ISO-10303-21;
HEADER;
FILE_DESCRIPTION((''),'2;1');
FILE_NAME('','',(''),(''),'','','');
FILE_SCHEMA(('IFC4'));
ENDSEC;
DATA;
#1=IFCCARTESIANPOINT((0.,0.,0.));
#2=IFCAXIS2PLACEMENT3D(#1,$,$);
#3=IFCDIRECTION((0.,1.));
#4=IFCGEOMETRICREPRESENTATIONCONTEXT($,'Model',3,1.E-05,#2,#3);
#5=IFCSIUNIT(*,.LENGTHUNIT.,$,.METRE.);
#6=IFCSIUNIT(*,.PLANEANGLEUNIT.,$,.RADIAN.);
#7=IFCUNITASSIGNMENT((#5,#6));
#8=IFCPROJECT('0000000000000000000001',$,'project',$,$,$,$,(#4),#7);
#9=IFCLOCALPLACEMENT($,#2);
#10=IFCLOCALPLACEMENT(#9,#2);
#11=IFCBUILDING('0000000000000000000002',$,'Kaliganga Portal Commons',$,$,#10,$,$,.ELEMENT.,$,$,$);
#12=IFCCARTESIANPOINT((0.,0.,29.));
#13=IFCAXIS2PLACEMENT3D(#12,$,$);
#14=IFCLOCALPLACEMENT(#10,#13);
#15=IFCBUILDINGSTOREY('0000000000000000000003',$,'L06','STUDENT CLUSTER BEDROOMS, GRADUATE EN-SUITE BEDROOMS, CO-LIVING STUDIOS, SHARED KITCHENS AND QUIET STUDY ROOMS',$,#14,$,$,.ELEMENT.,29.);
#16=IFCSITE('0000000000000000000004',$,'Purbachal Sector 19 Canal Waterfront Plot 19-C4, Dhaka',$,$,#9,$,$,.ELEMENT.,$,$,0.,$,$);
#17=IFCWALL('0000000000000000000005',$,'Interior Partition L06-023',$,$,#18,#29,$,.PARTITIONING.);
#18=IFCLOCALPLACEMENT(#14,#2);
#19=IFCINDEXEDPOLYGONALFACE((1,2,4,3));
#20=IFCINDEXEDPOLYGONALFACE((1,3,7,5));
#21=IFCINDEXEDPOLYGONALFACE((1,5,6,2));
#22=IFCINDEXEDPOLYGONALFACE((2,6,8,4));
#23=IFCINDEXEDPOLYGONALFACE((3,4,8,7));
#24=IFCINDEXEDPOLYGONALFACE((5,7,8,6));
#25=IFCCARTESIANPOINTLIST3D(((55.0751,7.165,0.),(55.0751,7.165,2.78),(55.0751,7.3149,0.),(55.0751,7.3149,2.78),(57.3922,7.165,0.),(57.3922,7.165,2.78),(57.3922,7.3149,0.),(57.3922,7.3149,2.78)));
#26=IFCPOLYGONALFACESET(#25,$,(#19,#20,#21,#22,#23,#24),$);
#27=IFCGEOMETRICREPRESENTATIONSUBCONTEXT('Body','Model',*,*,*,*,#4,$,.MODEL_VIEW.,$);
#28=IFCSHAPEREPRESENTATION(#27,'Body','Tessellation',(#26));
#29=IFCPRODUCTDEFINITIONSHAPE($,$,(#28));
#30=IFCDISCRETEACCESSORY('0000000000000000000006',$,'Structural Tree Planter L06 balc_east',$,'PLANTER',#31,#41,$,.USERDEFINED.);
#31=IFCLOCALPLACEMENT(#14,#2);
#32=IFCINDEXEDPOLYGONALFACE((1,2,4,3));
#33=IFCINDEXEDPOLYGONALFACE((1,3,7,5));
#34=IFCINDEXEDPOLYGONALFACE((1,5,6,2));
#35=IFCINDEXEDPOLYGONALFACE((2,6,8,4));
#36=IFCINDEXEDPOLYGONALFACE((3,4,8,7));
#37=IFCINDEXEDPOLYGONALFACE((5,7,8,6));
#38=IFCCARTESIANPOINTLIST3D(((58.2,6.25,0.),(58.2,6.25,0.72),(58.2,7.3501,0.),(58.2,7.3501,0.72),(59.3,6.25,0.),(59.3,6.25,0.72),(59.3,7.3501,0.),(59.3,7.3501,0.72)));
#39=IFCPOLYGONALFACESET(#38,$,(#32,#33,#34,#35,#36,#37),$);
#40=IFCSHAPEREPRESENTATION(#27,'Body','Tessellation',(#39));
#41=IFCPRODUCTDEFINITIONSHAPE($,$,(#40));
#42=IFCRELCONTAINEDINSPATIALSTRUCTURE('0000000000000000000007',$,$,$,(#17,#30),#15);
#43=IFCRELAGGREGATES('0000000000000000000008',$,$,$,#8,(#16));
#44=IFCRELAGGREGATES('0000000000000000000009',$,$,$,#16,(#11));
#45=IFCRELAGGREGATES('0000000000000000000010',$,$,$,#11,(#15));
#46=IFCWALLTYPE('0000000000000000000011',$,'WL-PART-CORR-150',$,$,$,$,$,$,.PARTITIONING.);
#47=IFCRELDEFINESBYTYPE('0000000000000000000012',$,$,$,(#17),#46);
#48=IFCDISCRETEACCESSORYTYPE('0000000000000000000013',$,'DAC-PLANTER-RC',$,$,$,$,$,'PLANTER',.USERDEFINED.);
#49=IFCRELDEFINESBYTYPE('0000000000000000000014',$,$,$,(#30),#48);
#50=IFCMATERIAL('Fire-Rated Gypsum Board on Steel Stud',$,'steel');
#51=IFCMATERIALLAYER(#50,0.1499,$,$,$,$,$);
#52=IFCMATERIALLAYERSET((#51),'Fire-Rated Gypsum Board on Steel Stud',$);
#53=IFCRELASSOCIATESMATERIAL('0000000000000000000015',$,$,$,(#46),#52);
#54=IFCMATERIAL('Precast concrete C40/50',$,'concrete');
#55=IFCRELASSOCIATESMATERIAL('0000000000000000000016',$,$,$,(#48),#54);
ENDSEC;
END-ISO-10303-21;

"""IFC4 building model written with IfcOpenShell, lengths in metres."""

from ifc_helpers import new_model, si_unit, direction, frame, frame_2d, origin, origin_2d, place, context, subcontext, project, spatial, rectangle, extrude, source, transform, mapped, material, layer, layer_set, type_object, element, save


model = new_model("IFC4")

# Units and contexts
model_context = context("Model", 3, precision=1e-05, world=origin(), true_north=direction((0.0, 1.0)))
body_context = subcontext(model_context, "Body", "Model", "MODEL_VIEW")
ifc_project = project(units=[si_unit("LENGTHUNIT", "METRE"), si_unit("PLANEANGLEUNIT", "RADIAN")], contexts=[model_context])

# Site, building, storey
site_placement = place(None, origin())
site = spatial("IfcSite", under=ifc_project, at=site_placement, Name="Purbachal Sector 19 Canal Waterfront Plot 19-C4, Dhaka", CompositionType="ELEMENT", RefElevation=0.0)
building_placement = place(site_placement, origin())
building = spatial("IfcBuilding", under=site, at=building_placement, Name="Kaliganga Portal Commons", CompositionType="ELEMENT")
storey_placement = place(building_placement, frame((0.0, 0.0, 29.0)))
storey = spatial("IfcBuildingStorey", under=building, at=storey_placement, Name="L06", Description="STUDENT CLUSTER BEDROOMS, GRADUATE EN-SUITE BEDROOMS, CO-LIVING STUDIOS, SHARED KITCHENS AND QUIET STUDY ROOMS", CompositionType="ELEMENT", Elevation=29.0)

# Shared definitions
ifc_material_1 = material(Name="Fire-Rated Gypsum Board on Steel Stud", Category="steel")
ifc_layer_1 = layer(ifc_material_1, 0.1499)
ifc_layer_set_1 = layer_set([ifc_layer_1], Name="Fire-Rated Gypsum Board on Steel Stud")
wall_type_1 = type_object("IfcWallType", Name="WL-PART-CORR-150", PredefinedType="PARTITIONING", material=ifc_layer_set_1)

# Wall
wall_1_placement = place(storey_placement, frame((55.075, 7.24, 0.0), z_axis=(0.0, 0.0, 1.0), x_axis=(1.0, 0.0, 0.0)))
element("IfcWall", 1, at=wall_1_placement, inside=storey, type_object=wall_type_1, Name="Interior Partition L06-023", PredefinedType="PARTITIONING", context=body_context, shape_type="SweptSolid", body=[
    extrude(rectangle(XDim=2.3171, YDim=0.1499, at=frame_2d((1.1587, 0.0))), origin(), (0.0, 0.0, 1.0), 2.78),
])

# Discrete accessory
ifc_material_2 = material(Name="Precast concrete C40/50", Category="concrete")
discrete_accessory_type = type_object("IfcDiscreteAccessoryType", Name="DAC-PLANTER-RC", ElementType="PLANTER", PredefinedType="USERDEFINED", material=ifc_material_2)
shared_shape_1 = source(origin(), body_context, "Body", "SweptSolid", [
    extrude(rectangle(XDim=1.1001, YDim=1.1001, at=origin_2d()), origin(), (0.0, 0.0, 1.0), 0.72),
])
discrete_accessory_placement = place(storey_placement, frame((58.75, 6.8, 0.0), z_axis=(0.0, 0.0, 1.0), x_axis=(1.0, 0.0, 0.0)))
element("IfcDiscreteAccessory", 2, at=discrete_accessory_placement, inside=storey, type_object=discrete_accessory_type, Name="Structural Tree Planter L06 balc_east", ObjectType="PLANTER", PredefinedType="USERDEFINED", context=body_context, shape_type="MappedRepresentation", body=[
    mapped(shared_shape_1, transform((0.0, 0.0, 0.0), x_axis=(1.0, 0.0, 0.0), y_axis=(0.0, 1.0, 0.0), z_axis=(0.0, 0.0, 1.0), scale=1.0)),
])

save(model, "model.ifc")
